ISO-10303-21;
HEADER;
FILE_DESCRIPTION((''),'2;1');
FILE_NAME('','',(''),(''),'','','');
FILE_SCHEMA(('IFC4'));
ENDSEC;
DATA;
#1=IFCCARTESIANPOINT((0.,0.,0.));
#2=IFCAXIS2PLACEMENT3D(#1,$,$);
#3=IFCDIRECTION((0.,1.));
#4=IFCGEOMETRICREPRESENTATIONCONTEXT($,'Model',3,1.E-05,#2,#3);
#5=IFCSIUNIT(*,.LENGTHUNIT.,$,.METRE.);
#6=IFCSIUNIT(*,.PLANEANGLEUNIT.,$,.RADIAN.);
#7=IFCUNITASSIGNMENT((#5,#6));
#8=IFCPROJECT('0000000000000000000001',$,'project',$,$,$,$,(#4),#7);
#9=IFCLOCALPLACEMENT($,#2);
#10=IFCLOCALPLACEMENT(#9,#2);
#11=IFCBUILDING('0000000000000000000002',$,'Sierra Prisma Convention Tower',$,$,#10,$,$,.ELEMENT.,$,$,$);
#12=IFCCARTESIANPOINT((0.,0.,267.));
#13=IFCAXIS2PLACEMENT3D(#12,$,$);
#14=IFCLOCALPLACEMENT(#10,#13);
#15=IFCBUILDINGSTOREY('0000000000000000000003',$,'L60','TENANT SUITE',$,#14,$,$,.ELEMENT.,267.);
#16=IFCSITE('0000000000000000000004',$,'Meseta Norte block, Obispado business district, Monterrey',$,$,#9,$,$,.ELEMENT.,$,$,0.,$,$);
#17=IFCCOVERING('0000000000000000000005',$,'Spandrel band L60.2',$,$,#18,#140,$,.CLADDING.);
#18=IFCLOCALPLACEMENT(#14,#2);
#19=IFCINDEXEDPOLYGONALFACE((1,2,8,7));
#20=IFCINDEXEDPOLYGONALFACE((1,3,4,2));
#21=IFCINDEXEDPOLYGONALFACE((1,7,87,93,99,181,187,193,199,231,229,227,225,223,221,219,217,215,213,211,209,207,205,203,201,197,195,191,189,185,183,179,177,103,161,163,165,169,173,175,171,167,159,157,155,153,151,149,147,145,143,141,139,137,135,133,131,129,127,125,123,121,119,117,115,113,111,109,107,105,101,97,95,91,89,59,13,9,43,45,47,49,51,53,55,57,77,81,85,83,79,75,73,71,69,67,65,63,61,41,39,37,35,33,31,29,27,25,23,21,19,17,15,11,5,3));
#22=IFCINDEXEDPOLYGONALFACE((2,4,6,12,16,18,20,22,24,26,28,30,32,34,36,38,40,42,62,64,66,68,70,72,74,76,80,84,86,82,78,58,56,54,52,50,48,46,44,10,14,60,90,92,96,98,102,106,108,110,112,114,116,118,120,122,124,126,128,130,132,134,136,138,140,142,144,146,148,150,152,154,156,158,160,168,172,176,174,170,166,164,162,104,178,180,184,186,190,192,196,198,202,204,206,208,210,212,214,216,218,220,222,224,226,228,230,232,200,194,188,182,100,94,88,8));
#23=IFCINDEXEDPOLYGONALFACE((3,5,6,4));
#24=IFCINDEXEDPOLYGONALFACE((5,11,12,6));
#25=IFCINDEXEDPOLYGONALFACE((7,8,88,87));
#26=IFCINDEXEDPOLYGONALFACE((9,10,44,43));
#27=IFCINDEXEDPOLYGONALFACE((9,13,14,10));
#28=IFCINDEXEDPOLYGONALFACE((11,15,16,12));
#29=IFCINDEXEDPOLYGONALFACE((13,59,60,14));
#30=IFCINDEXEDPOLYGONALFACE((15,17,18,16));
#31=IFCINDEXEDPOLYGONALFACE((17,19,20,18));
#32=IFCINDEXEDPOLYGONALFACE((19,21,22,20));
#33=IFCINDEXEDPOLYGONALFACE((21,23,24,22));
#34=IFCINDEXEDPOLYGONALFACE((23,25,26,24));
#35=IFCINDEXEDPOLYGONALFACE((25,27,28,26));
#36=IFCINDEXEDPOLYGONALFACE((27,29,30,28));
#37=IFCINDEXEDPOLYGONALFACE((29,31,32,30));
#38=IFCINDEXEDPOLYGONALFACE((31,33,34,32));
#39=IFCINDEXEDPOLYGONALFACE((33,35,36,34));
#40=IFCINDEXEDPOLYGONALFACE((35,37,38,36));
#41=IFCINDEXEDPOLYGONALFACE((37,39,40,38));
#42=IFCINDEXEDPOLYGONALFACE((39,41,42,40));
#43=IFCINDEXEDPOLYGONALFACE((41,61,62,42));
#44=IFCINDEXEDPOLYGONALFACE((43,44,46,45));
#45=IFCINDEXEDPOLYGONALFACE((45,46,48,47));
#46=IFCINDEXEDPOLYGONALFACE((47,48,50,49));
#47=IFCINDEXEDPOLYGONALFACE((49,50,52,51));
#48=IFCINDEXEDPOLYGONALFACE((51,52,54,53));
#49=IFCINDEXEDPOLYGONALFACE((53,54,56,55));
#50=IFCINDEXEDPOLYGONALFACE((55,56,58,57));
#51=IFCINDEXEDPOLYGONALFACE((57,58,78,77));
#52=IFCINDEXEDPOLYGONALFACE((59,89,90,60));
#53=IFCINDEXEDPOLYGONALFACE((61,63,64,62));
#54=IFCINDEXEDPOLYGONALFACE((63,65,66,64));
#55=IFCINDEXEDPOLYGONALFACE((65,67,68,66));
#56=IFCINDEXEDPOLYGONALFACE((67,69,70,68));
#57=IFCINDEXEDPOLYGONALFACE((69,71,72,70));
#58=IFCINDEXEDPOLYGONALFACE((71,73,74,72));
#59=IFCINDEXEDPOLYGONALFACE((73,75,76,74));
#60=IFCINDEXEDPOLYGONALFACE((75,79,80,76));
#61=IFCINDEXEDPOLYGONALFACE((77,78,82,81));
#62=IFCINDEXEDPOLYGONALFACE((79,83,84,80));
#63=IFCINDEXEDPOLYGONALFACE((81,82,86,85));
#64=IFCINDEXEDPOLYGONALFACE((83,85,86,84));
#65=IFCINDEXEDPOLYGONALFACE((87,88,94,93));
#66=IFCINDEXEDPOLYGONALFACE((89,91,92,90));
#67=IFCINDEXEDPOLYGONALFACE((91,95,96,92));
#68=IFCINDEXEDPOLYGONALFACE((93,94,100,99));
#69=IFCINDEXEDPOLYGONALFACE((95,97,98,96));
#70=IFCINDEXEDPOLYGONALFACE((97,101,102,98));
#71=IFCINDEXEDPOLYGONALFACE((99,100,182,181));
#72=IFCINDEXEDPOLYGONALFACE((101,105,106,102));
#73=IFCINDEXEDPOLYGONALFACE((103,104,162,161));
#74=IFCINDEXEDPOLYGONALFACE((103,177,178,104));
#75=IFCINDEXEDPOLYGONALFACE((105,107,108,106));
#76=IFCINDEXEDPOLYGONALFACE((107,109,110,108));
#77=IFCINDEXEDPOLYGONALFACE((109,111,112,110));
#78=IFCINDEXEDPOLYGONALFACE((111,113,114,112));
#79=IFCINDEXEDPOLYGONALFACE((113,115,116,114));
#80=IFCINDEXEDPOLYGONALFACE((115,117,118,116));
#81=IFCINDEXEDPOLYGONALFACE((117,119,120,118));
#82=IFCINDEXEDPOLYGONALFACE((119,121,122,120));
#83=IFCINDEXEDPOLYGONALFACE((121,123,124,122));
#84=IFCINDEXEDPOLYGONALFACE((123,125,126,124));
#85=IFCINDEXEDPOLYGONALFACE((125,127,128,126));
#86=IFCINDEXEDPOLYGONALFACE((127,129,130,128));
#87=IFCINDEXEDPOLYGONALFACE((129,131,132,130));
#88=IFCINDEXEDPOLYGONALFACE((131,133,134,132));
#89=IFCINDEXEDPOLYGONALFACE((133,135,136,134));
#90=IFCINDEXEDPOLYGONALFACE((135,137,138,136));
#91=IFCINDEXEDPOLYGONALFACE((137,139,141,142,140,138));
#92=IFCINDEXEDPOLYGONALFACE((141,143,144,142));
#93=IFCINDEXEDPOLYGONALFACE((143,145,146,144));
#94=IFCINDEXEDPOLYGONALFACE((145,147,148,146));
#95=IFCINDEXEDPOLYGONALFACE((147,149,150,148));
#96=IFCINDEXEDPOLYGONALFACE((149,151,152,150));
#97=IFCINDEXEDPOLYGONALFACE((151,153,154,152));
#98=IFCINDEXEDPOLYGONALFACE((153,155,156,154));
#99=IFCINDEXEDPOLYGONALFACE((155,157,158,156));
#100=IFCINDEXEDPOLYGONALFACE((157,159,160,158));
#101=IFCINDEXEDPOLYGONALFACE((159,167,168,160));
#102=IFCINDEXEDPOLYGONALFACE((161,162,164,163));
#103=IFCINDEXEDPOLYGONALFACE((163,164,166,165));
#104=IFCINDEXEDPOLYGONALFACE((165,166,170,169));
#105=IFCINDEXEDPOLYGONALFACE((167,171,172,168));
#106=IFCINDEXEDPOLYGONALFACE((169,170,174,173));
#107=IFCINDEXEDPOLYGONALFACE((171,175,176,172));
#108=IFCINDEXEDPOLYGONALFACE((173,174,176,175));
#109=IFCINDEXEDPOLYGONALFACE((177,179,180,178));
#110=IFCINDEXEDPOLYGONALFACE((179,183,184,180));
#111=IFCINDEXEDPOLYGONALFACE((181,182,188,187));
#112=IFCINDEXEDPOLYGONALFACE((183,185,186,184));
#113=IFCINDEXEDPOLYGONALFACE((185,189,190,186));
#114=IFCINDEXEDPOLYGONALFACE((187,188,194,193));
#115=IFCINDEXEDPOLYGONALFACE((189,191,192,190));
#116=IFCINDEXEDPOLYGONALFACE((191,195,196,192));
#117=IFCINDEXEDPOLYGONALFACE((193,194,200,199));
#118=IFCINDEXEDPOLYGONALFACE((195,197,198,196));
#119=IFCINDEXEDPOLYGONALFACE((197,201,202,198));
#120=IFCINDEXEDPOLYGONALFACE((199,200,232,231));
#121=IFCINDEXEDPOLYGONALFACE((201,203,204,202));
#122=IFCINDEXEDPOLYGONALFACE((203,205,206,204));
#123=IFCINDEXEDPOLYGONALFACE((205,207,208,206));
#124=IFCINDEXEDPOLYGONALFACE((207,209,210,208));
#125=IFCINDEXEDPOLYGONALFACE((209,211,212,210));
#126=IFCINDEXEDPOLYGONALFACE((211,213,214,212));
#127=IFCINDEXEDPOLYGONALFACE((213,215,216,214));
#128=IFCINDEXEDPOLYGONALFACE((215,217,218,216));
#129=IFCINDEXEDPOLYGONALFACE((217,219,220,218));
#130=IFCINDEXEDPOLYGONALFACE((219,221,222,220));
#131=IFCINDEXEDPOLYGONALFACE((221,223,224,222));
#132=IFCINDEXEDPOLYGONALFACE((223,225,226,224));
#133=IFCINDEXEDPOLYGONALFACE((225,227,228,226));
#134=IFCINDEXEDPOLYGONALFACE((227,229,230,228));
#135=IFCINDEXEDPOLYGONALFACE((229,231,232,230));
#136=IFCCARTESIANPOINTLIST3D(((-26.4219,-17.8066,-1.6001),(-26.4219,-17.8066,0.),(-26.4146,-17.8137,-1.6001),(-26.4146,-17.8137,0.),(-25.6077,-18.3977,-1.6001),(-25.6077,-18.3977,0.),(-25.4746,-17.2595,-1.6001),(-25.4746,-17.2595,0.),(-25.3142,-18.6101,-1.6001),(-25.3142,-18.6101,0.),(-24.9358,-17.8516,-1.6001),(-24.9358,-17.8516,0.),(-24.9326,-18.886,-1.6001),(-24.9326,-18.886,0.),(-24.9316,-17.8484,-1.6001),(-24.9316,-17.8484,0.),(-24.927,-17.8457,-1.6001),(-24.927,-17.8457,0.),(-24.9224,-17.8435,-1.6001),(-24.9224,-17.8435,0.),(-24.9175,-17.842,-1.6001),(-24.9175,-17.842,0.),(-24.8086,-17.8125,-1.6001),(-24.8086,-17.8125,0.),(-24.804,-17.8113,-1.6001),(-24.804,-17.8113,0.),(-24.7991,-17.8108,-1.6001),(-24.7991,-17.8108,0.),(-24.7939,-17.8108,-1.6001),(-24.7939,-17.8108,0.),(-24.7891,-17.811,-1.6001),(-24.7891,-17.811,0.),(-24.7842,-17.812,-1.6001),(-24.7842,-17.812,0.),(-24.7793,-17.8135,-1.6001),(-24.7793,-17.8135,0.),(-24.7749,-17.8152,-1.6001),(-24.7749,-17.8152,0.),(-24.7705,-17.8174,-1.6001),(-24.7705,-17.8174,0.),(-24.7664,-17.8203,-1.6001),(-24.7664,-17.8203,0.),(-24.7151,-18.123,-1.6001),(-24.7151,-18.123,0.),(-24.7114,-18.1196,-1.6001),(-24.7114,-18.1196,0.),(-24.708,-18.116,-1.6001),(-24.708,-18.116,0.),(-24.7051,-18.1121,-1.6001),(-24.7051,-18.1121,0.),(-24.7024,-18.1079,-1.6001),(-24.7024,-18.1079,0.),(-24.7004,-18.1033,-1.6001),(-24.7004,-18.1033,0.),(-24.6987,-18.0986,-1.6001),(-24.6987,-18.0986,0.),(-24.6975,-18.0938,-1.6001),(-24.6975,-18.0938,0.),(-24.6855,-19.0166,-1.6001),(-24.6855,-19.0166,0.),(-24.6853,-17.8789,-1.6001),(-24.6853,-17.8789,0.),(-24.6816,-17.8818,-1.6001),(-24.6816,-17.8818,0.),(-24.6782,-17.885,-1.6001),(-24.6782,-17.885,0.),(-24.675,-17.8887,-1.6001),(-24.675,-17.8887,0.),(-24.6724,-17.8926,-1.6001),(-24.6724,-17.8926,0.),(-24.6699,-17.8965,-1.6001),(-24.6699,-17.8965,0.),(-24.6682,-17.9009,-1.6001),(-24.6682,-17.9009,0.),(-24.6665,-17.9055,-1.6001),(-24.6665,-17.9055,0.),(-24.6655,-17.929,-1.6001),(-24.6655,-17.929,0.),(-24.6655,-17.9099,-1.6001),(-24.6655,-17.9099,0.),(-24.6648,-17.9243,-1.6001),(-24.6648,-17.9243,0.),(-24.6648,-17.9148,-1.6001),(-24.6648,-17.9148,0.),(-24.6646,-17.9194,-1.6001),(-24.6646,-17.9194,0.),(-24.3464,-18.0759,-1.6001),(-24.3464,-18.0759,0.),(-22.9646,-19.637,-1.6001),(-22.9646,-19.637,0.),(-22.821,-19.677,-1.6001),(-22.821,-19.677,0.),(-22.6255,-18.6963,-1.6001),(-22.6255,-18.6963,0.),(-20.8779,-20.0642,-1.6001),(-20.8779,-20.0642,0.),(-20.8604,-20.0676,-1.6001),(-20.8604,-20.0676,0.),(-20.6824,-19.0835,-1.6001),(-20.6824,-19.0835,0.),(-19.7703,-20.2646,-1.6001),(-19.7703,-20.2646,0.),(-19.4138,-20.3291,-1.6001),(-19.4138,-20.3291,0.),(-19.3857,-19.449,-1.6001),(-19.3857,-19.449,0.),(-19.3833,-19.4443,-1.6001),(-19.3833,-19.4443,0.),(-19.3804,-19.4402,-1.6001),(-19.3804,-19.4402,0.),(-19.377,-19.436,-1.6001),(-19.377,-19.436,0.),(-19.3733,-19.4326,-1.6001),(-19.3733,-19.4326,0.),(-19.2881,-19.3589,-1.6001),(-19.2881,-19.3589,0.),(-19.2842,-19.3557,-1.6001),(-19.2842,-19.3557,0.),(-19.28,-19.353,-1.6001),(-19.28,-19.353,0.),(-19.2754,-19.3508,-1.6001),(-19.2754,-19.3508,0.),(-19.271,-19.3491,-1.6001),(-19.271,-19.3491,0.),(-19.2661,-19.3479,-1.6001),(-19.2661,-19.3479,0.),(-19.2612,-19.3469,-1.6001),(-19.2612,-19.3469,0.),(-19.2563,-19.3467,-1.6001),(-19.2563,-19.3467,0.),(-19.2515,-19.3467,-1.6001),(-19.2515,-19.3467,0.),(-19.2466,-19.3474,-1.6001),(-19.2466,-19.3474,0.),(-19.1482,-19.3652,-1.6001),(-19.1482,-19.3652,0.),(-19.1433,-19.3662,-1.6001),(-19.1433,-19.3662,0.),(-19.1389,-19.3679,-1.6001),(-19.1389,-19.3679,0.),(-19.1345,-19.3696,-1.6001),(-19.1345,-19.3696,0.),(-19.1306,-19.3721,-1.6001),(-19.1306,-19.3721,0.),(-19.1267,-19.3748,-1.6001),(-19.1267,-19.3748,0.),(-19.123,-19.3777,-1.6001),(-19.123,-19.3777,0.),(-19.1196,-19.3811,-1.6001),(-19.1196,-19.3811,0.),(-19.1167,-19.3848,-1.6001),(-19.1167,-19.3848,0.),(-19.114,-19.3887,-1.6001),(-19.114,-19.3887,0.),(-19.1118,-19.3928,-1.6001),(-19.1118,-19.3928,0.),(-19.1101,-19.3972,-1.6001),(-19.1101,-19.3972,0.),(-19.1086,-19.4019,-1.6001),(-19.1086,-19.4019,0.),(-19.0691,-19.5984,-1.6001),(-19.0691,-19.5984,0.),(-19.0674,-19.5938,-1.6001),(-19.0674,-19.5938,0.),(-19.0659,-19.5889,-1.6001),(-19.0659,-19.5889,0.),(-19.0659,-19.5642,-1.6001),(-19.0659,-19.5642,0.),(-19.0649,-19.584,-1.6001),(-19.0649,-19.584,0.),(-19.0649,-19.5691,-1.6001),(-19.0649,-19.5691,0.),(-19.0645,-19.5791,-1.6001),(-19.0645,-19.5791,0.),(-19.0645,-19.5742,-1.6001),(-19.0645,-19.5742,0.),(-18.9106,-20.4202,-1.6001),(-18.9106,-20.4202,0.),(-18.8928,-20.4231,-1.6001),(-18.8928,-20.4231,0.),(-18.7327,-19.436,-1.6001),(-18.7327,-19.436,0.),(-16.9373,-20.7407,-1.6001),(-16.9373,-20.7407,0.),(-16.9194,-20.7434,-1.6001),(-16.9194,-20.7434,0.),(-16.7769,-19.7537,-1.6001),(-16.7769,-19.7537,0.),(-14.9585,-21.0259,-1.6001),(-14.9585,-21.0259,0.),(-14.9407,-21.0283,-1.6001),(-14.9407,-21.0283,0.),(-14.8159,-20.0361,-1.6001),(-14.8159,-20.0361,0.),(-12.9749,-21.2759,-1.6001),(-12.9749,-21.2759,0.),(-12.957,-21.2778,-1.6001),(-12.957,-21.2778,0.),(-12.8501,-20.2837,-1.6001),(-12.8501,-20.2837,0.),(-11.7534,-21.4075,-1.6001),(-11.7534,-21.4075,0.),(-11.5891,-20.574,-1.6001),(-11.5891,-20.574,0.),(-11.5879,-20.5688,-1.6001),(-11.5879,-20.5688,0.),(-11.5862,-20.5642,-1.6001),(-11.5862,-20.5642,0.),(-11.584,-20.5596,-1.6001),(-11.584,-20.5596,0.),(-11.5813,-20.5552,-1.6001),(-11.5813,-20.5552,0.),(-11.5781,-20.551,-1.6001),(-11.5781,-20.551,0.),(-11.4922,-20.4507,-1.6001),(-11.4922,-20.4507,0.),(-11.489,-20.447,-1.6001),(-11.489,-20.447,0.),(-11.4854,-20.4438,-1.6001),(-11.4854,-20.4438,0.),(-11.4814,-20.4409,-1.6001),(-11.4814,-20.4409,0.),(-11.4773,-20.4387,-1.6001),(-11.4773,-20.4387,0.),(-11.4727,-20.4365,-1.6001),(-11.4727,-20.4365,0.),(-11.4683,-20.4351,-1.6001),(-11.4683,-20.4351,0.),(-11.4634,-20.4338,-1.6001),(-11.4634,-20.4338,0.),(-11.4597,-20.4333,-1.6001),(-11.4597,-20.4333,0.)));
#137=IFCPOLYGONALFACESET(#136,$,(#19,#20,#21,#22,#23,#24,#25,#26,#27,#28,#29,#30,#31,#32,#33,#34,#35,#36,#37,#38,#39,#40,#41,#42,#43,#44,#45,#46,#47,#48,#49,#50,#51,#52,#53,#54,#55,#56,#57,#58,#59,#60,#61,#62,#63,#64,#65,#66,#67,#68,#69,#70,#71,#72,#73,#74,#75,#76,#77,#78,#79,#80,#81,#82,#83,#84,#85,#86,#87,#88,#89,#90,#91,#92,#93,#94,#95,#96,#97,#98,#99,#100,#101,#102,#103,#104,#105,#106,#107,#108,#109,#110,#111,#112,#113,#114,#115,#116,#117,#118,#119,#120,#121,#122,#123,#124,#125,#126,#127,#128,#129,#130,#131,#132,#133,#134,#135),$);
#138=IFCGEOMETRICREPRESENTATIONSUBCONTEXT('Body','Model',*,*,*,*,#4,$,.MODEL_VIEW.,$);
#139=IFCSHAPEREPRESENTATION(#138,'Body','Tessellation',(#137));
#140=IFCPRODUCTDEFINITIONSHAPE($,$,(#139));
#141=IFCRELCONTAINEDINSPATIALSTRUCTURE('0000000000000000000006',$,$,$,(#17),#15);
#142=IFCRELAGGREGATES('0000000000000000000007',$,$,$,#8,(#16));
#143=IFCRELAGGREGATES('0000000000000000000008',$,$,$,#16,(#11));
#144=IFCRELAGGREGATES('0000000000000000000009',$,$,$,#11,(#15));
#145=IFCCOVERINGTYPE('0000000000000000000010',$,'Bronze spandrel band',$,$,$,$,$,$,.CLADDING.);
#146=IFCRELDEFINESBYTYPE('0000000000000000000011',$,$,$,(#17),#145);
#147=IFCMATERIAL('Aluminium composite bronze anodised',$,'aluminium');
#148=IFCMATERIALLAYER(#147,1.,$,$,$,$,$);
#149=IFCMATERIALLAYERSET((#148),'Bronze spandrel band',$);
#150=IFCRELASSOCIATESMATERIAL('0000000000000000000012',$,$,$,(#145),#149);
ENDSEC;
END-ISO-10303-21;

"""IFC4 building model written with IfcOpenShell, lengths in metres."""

from ifc_helpers import new_model, si_unit, direction, frame, origin, place, context, subcontext, project, spatial, polyline, outline, extrude, material, layer, layer_set, type_object, element, save


model = new_model("IFC4")

# Units and contexts
model_context = context("Model", 3, precision=1e-05, world=origin(), true_north=direction((0.0, 1.0)))
body_context = subcontext(model_context, "Body", "Model", "MODEL_VIEW")
ifc_project = project(units=[si_unit("LENGTHUNIT", "METRE"), si_unit("PLANEANGLEUNIT", "RADIAN")], contexts=[model_context])

# Site, building, storey
site_placement = place(None, origin())
site = spatial("IfcSite", under=ifc_project, at=site_placement, Name="Meseta Norte block, Obispado business district, Monterrey", CompositionType="ELEMENT", RefElevation=0.0)
building_placement = place(site_placement, origin())
building = spatial("IfcBuilding", under=site, at=building_placement, Name="Sierra Prisma Convention Tower", CompositionType="ELEMENT")
storey_placement = place(building_placement, frame((0.0, 0.0, 267.0)))
storey = spatial("IfcBuildingStorey", under=building, at=storey_placement, Name="L60", Description="TENANT SUITE", CompositionType="ELEMENT", Elevation=267.0)

# Covering
ifc_material_1 = material(Name="Aluminium composite bronze anodised", Category="aluminium")
ifc_layer_1 = layer(ifc_material_1, 1.0)
ifc_layer_set_1 = layer_set([ifc_layer_1], Name="Bronze spandrel band")
covering_type = type_object("IfcCoveringType", Name="Bronze spandrel band", PredefinedType="CLADDING", material=ifc_layer_set_1)
covering_1_placement = place(storey_placement, frame((0.0, 0.0, -1.6001)))
element("IfcCovering", 1, at=covering_1_placement, inside=storey, type_object=covering_type, Name="Spandrel band L60.2", PredefinedType="CLADDING", context=body_context, shape_type="SweptSolid", body=[
    extrude(outline(polyline([(-22.6255, -18.6963), (-20.6824, -19.0835), (-18.7327, -19.436), (-16.7769, -19.7537), (-14.8159, -20.0361), (-12.8501, -20.2837), (-11.4597, -20.4333), (-11.4634, -20.4338), (-11.4683, -20.4351), (-11.4727, -20.4365), (-11.4773, -20.4387), (-11.4814, -20.4409), (-11.4854, -20.4438), (-11.489, -20.447), (-11.4922, -20.4507), (-11.5781, -20.551), (-11.5813, -20.5552), (-11.584, -20.5596), (-11.5862, -20.5642), (-11.5879, -20.5688), (-11.5891, -20.574), (-11.7534, -21.4075), (-12.957, -21.2778), (-12.9749, -21.2759), (-14.9407, -21.0283), (-14.9585, -21.0259), (-16.9194, -20.7434), (-16.9373, -20.7407), (-18.8928, -20.4231), (-18.9106, -20.4202), (-19.4138, -20.3291), (-19.0691, -19.5984), (-19.0674, -19.5938), (-19.0659, -19.5889), (-19.0649, -19.584), (-19.0645, -19.5791), (-19.0645, -19.5742), (-19.0649, -19.5691), (-19.0659, -19.5642), (-19.1086, -19.4019), (-19.1101, -19.3972), (-19.1118, -19.3928), (-19.114, -19.3887), (-19.1167, -19.3848), (-19.1196, -19.3811), (-19.123, -19.3777), (-19.1267, -19.3748), (-19.1306, -19.3721), (-19.1345, -19.3696), (-19.1389, -19.3679), (-19.1433, -19.3662), (-19.1482, -19.3652), (-19.2466, -19.3474), (-19.2515, -19.3467), (-19.2563, -19.3467), (-19.2612, -19.3469), (-19.2661, -19.3479), (-19.271, -19.3491), (-19.2754, -19.3508), (-19.28, -19.353), (-19.2842, -19.3557), (-19.2881, -19.3589), (-19.3733, -19.4326), (-19.377, -19.436), (-19.3804, -19.4402), (-19.3833, -19.4443), (-19.3857, -19.449), (-19.7703, -20.2646), (-20.8604, -20.0676), (-20.8779, -20.0642), (-22.821, -19.677), (-22.9646, -19.637), (-24.6855, -19.0166), (-24.9326, -18.886), (-25.3142, -18.6101), (-24.7151, -18.123), (-24.7114, -18.1196), (-24.708, -18.116), (-24.7051, -18.1121), (-24.7024, -18.1079), (-24.7004, -18.1033), (-24.6987, -18.0986), (-24.6975, -18.0938), (-24.6655, -17.929), (-24.6648, -17.9243), (-24.6646, -17.9194), (-24.6648, -17.9148), (-24.6655, -17.9099), (-24.6665, -17.9055), (-24.6682, -17.9009), (-24.6699, -17.8965), (-24.6724, -17.8926), (-24.675, -17.8887), (-24.6782, -17.885), (-24.6816, -17.8818), (-24.6853, -17.8789), (-24.7664, -17.8203), (-24.7705, -17.8174), (-24.7749, -17.8152), (-24.7793, -17.8135), (-24.7842, -17.812), (-24.7891, -17.811), (-24.7939, -17.8108), (-24.7991, -17.8108), (-24.804, -17.8113), (-24.8086, -17.8125), (-24.9175, -17.842), (-24.9224, -17.8435), (-24.927, -17.8457), (-24.9316, -17.8484), (-24.9358, -17.8516), (-25.6077, -18.3977), (-26.4146, -17.8137), (-26.4219, -17.8066), (-25.4746, -17.2595), (-24.3464, -18.0759), (-22.6255, -18.6963)])), origin(), (0.0, 0.0, 1.0), 1.6001),
])

save(model, "model.ifc")
